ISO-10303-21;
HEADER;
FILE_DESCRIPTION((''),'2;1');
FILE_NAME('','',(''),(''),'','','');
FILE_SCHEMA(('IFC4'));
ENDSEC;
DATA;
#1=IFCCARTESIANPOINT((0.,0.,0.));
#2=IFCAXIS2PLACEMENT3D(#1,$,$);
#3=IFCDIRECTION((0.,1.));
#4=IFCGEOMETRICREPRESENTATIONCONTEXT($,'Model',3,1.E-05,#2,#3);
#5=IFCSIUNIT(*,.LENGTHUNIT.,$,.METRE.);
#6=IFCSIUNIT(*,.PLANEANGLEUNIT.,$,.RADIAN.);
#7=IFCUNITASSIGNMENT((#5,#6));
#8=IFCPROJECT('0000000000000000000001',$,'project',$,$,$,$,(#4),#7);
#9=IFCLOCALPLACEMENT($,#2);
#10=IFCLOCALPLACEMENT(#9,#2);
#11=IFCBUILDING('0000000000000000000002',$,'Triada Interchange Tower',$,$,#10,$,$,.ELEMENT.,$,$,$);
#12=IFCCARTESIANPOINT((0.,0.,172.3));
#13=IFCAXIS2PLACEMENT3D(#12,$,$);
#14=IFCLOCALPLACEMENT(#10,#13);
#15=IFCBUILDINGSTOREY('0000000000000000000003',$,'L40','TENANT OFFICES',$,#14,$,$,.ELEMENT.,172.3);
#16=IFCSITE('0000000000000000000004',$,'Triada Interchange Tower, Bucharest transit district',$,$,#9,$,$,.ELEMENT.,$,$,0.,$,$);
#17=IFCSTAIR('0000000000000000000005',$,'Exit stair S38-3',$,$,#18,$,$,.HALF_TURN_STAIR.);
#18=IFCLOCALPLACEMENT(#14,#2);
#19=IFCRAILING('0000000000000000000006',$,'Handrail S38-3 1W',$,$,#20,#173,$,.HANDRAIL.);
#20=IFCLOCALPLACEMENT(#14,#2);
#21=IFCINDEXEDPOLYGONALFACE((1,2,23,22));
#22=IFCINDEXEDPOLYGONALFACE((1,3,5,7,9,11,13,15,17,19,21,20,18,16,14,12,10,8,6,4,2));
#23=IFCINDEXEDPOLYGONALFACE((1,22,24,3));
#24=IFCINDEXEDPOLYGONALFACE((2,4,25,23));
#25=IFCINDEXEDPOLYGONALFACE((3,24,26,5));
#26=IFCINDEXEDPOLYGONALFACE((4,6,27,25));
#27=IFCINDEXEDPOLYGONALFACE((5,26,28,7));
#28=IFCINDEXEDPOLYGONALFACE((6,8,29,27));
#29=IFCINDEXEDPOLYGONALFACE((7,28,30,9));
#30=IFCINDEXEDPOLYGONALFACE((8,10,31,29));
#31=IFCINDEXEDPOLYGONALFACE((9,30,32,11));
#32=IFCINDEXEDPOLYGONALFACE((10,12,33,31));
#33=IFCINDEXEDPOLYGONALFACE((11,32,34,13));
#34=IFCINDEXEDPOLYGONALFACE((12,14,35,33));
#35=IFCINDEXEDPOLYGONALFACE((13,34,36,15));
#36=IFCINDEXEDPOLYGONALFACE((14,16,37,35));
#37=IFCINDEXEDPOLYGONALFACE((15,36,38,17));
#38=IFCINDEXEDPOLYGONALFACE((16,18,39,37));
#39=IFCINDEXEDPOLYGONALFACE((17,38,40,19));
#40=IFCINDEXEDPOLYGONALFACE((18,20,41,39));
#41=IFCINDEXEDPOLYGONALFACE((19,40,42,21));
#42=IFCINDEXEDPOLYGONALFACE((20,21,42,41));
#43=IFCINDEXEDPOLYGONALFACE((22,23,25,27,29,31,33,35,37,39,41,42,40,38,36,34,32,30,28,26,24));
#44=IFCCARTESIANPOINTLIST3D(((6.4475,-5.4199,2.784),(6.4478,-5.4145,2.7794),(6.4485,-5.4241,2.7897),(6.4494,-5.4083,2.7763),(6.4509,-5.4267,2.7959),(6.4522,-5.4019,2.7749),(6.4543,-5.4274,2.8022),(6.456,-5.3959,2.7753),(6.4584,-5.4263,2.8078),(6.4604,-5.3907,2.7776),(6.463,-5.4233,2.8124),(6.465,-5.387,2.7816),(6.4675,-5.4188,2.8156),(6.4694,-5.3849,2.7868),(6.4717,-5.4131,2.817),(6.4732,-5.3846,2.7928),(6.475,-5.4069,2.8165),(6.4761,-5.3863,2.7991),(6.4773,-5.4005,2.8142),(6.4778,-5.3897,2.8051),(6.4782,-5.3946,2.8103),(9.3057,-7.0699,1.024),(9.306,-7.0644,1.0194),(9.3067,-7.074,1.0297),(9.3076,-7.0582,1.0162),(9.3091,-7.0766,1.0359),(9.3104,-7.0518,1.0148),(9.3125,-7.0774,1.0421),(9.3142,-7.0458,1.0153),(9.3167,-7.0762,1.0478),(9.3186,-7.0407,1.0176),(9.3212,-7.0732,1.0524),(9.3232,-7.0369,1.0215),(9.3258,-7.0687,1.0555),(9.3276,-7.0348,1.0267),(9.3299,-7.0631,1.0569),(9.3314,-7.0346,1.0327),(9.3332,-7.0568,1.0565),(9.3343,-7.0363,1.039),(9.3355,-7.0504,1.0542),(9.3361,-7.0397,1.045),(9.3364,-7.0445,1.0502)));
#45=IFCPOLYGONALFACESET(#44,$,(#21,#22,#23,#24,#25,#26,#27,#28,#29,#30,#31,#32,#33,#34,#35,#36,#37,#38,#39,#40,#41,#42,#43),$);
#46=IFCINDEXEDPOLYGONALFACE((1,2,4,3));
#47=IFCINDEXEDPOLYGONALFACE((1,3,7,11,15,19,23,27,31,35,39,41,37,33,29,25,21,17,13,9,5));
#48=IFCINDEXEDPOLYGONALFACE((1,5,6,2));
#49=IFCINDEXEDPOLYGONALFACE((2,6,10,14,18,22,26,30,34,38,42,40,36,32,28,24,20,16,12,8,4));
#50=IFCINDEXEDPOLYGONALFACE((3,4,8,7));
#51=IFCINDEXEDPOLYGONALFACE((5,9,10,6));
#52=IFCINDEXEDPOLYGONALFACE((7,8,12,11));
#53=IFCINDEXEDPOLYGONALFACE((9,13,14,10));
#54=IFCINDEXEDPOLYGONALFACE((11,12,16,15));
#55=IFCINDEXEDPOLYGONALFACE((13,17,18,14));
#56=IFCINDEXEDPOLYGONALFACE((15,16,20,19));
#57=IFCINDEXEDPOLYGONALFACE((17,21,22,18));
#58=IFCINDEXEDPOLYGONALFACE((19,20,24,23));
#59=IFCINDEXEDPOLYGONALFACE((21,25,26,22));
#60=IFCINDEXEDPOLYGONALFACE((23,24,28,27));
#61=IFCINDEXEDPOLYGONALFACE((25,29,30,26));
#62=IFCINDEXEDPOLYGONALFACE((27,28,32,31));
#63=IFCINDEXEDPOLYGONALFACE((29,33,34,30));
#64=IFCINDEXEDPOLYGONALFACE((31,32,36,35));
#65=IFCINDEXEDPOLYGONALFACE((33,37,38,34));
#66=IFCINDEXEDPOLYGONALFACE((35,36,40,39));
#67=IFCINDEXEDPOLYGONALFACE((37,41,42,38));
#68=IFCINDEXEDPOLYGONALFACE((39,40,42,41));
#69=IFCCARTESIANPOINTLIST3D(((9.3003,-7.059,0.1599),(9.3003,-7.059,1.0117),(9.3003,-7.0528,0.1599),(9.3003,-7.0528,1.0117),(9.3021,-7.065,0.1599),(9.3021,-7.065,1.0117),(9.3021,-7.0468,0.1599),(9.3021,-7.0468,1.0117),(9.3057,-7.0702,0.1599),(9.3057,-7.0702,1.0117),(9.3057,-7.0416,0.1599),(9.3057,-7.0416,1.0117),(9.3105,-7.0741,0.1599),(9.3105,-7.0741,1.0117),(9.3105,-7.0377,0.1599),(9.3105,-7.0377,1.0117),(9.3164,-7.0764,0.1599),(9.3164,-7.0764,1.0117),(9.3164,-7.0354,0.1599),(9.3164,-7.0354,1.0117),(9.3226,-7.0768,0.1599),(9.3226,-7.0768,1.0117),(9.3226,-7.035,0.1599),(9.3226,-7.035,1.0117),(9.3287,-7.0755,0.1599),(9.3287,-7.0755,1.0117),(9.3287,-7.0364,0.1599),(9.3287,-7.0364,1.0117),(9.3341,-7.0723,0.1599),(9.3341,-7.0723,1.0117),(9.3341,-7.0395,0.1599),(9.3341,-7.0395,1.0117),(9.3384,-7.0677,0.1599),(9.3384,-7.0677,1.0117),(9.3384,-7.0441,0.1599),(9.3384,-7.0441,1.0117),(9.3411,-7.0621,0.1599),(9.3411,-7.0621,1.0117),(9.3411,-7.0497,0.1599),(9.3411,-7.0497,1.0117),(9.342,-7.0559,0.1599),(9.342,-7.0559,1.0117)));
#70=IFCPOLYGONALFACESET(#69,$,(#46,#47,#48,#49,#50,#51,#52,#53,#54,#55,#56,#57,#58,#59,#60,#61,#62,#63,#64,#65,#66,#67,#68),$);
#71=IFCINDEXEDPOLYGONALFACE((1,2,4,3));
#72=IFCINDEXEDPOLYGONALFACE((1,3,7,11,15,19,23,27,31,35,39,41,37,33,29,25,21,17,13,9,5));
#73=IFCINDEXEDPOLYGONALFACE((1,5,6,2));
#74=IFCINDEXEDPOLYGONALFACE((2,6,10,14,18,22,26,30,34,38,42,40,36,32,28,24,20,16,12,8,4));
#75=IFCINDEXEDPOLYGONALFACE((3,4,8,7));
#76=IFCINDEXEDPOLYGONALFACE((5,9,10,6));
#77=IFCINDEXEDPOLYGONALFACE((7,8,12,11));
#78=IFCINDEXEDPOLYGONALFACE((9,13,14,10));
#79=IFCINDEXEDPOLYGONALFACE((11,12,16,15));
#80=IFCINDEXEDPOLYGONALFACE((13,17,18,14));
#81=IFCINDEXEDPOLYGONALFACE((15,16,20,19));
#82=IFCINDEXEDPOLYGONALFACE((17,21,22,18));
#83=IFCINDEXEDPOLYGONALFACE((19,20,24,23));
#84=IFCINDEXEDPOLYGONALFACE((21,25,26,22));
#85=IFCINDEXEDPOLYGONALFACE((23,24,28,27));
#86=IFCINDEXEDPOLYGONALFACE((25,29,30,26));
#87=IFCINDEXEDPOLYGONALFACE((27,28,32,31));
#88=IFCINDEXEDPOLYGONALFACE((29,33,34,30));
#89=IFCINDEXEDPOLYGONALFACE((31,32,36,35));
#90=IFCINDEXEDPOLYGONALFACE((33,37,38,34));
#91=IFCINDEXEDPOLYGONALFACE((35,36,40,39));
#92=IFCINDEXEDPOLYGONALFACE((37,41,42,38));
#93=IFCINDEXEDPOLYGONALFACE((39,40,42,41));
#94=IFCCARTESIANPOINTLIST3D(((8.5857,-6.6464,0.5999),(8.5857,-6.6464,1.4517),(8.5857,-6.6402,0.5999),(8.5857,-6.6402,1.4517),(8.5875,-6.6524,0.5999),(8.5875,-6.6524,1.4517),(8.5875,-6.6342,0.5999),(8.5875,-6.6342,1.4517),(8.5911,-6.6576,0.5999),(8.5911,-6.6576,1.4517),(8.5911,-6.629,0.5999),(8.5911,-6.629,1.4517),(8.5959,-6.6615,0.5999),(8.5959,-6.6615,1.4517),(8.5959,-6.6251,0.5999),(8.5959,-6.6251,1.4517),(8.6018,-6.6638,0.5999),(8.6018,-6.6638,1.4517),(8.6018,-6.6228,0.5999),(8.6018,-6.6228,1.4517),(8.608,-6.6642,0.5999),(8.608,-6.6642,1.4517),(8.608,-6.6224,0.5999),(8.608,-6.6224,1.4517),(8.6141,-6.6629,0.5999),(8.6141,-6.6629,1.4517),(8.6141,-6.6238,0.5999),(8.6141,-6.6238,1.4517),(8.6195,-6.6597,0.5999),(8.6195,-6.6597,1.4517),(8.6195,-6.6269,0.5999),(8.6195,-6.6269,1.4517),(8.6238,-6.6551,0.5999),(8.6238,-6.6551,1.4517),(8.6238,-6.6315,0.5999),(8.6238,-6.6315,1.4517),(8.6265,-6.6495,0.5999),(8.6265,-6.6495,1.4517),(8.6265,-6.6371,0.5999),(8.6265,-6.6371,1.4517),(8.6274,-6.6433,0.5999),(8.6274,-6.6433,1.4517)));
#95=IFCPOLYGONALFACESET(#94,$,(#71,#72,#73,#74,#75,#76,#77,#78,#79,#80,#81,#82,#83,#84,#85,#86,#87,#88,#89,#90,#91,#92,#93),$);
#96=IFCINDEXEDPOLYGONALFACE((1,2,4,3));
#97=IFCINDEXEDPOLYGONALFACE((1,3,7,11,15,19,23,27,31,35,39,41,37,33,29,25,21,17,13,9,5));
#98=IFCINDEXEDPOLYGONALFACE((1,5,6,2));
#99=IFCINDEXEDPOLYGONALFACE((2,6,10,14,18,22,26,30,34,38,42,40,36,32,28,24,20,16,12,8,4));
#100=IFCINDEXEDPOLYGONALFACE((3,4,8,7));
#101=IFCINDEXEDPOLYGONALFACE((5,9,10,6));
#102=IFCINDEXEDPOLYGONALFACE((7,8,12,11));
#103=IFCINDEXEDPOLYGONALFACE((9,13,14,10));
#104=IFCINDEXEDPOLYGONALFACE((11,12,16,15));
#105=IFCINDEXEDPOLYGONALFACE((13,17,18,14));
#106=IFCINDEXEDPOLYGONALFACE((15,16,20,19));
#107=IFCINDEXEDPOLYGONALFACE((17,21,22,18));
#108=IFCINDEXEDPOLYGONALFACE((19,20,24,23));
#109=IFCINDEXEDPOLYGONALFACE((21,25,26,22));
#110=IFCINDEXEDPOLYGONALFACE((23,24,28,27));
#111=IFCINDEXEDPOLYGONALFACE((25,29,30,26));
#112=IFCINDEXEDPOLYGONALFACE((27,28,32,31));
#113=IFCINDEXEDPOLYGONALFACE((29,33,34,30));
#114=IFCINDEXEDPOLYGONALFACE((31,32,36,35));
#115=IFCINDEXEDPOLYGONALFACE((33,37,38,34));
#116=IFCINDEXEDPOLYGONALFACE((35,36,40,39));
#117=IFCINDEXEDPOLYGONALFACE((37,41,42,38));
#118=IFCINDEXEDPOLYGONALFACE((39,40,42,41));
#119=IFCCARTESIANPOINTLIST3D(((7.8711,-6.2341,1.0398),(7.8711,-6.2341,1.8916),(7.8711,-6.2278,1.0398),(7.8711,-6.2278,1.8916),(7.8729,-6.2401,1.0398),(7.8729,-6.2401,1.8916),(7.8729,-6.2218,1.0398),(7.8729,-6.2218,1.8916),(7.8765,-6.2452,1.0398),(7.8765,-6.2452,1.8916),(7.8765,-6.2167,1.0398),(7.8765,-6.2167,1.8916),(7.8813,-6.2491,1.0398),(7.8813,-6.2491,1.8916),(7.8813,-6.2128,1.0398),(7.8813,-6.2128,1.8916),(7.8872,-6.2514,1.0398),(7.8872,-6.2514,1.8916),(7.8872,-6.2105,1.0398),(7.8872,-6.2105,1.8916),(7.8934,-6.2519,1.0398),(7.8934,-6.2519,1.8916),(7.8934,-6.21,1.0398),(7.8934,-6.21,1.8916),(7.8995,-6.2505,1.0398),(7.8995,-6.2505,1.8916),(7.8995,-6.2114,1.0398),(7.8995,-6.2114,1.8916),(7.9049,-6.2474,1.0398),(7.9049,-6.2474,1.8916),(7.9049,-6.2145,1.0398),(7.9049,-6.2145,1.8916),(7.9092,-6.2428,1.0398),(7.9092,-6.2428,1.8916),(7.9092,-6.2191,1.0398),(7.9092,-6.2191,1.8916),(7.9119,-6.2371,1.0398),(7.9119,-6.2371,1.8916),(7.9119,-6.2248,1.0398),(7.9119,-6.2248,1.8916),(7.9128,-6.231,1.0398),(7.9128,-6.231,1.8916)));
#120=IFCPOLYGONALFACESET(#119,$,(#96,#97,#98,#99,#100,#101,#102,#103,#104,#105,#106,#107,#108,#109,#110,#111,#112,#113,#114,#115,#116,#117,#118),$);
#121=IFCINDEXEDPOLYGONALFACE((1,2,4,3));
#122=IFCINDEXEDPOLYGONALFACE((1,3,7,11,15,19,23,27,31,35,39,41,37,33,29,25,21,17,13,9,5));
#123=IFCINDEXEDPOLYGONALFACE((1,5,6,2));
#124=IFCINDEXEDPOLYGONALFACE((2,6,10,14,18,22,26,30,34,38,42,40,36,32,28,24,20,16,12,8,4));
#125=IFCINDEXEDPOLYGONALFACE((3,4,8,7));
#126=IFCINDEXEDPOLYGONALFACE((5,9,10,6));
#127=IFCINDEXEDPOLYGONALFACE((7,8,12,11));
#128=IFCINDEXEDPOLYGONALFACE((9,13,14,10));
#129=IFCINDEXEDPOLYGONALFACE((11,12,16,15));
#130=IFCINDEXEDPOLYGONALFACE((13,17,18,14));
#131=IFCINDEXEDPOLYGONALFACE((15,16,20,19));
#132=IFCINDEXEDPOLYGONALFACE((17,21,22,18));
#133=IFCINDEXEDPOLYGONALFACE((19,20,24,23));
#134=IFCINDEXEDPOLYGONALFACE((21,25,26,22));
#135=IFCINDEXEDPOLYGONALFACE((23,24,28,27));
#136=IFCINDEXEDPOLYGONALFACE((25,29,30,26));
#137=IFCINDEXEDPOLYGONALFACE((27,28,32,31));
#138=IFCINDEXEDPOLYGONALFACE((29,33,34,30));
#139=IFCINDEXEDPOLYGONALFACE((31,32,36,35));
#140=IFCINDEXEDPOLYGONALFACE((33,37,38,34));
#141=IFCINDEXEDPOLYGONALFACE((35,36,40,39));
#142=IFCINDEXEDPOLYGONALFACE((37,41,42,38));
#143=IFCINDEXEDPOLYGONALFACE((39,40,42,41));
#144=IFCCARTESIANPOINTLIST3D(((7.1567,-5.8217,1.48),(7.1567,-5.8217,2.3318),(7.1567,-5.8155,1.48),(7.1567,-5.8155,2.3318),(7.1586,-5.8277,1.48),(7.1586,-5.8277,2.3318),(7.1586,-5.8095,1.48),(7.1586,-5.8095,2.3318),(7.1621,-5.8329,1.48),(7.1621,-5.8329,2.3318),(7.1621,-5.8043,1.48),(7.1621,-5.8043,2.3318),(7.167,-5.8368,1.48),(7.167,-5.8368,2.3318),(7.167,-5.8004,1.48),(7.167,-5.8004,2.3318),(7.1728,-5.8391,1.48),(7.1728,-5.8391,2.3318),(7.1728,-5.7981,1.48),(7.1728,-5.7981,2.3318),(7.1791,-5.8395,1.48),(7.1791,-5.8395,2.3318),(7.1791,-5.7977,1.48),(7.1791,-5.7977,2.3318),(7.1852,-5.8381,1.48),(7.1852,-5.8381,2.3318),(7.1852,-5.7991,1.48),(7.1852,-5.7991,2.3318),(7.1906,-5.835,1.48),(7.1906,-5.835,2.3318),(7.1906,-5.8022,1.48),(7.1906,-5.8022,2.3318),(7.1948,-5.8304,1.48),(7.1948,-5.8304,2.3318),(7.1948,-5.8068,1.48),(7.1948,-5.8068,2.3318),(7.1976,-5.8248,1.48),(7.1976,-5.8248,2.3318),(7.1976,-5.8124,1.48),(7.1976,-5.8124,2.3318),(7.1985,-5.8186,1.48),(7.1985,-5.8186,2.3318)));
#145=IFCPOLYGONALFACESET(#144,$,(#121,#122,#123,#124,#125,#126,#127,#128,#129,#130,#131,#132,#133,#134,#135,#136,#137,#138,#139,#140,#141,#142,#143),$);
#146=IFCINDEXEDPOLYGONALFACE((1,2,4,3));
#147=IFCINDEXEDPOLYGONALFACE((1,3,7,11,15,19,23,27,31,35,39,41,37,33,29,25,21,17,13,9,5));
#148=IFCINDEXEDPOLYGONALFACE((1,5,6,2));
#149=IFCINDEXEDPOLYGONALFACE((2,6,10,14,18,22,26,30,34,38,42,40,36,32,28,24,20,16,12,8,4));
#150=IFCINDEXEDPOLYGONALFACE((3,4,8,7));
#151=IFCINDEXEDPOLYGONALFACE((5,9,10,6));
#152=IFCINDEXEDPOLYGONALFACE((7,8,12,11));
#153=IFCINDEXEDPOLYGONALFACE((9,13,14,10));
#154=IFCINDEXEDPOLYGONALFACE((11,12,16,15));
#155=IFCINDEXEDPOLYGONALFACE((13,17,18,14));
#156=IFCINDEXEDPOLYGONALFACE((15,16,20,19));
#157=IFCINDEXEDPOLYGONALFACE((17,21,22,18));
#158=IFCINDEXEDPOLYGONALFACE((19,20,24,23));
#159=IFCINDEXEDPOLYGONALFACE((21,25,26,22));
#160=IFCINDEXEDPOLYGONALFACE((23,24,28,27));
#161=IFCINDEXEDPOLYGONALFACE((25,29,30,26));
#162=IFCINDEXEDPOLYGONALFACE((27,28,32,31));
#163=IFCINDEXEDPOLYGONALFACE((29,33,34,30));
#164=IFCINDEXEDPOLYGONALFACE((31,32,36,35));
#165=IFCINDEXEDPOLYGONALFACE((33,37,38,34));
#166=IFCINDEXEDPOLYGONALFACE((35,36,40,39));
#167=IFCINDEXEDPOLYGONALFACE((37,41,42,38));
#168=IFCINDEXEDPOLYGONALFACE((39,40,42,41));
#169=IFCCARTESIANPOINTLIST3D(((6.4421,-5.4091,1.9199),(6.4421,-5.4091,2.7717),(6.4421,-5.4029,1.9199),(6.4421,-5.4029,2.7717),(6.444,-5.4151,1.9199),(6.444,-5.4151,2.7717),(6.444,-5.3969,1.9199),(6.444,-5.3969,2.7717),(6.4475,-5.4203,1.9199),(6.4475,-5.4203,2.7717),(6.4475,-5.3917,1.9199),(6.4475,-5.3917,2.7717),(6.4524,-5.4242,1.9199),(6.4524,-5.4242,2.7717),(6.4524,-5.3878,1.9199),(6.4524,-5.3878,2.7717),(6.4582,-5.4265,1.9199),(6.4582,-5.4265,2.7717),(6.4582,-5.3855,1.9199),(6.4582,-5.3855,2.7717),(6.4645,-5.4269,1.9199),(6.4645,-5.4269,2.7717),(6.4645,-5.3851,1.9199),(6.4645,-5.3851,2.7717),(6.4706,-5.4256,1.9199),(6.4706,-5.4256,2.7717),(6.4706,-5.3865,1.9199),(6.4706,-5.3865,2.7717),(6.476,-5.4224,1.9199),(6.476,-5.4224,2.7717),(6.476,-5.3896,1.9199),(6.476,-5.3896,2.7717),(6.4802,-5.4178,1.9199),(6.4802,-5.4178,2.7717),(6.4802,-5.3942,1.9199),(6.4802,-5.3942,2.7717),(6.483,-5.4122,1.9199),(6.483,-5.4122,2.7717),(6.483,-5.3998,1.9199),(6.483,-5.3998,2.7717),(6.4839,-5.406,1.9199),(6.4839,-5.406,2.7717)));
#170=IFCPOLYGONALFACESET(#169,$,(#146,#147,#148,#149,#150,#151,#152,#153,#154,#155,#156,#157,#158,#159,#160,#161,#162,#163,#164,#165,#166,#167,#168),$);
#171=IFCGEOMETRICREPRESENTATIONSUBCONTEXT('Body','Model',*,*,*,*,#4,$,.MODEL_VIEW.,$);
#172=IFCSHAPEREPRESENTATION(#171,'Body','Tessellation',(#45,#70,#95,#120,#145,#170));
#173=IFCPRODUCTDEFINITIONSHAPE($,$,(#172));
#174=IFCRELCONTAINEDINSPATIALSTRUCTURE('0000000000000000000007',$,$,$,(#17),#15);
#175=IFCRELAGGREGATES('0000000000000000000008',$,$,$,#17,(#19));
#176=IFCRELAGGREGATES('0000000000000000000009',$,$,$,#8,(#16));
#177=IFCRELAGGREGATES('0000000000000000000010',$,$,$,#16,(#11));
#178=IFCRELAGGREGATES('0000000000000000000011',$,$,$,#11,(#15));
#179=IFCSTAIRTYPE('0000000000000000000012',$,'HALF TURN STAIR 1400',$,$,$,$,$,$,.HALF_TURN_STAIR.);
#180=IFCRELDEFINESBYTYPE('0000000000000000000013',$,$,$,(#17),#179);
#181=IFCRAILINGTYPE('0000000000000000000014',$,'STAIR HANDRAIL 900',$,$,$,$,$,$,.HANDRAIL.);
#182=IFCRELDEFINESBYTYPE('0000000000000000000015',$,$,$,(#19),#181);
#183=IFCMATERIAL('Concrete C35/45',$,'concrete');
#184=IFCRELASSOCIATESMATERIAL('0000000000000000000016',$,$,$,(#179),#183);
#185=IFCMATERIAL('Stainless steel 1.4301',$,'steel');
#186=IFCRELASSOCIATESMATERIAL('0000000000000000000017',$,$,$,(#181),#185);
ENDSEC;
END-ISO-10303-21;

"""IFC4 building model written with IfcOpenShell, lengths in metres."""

from ifc_helpers import new_model, si_unit, direction, frame, origin, origin_2d, place, context, subcontext, project, spatial, circle, extrude, material, type_object, element, aggregate, save


model = new_model("IFC4")

# Units and contexts
model_context = context("Model", 3, precision=1e-05, world=origin(), true_north=direction((0.0, 1.0)))
body_context = subcontext(model_context, "Body", "Model", "MODEL_VIEW")
ifc_project = project(units=[si_unit("LENGTHUNIT", "METRE"), si_unit("PLANEANGLEUNIT", "RADIAN")], contexts=[model_context])

# Site, building, storey
site_placement = place(None, origin())
site = spatial("IfcSite", under=ifc_project, at=site_placement, Name="Triada Interchange Tower, Bucharest transit district", CompositionType="ELEMENT", RefElevation=0.0)
building_placement = place(site_placement, origin())
building = spatial("IfcBuilding", under=site, at=building_placement, Name="Triada Interchange Tower", CompositionType="ELEMENT")
storey_placement = place(building_placement, frame((0.0, 0.0, 172.3)))
storey = spatial("IfcBuildingStorey", under=building, at=storey_placement, Name="L40", Description="TENANT OFFICES", CompositionType="ELEMENT", Elevation=172.3)

# Stair, railing
ifc_material_1 = material(Name="Concrete C35/45", Category="concrete")
stair_type = type_object("IfcStairType", Name="HALF TURN STAIR 1400", PredefinedType="HALF_TURN_STAIR", material=ifc_material_1)
stair_placement = place(storey_placement, origin())
stair = element("IfcStair", 1, at=stair_placement, inside=storey, type_object=stair_type, Name="Exit stair S38-3", PredefinedType="HALF_TURN_STAIR")
ifc_material_2 = material(Name="Stainless steel 1.4301", Category="steel")
railing_type = type_object("IfcRailingType", Name="STAIR HANDRAIL 900", PredefinedType="HANDRAIL", material=ifc_material_2)
railing_1_placement = place(storey_placement, frame((9.321, -7.0559, 0.1599)))
railing_1 = element("IfcRailing", 2, at=railing_1_placement, type_object=railing_type, Name="Handrail S38-3 1W", PredefinedType="HANDRAIL", context=body_context, shape_type="SweptSolid", body=[
    extrude(circle(Radius=0.0239, at=origin_2d()), frame((0.0, 0.0, 0.876), z_axis=(-0.764178, 0.441131, 0.47057), x_axis=(-0.499942, -0.866059, 0.0)), (0.0, 0.0, 1.0), 3.7402),
    extrude(circle(Radius=0.021, at=origin_2d()), origin(), (0.0, 0.0, 1.0), 0.8518),
    extrude(circle(Radius=0.021, at=origin_2d()), frame((-0.7146, 0.4126, 0.4399)), (0.0, 0.0, 1.0), 0.8518),
    extrude(circle(Radius=0.021, at=origin_2d()), frame((-1.4292, 0.825, 0.8799)), (0.0, 0.0, 1.0), 0.8518),
    extrude(circle(Radius=0.021, at=origin_2d()), frame((-2.1436, 1.2373, 1.3201)), (0.0, 0.0, 1.0), 0.8518),
    extrude(circle(Radius=0.021, at=origin_2d()), frame((-2.8582, 1.6499, 1.76)), (0.0, 0.0, 1.0), 0.8518),
])
aggregate(stair, [railing_1])

save(model, "model.ifc")
